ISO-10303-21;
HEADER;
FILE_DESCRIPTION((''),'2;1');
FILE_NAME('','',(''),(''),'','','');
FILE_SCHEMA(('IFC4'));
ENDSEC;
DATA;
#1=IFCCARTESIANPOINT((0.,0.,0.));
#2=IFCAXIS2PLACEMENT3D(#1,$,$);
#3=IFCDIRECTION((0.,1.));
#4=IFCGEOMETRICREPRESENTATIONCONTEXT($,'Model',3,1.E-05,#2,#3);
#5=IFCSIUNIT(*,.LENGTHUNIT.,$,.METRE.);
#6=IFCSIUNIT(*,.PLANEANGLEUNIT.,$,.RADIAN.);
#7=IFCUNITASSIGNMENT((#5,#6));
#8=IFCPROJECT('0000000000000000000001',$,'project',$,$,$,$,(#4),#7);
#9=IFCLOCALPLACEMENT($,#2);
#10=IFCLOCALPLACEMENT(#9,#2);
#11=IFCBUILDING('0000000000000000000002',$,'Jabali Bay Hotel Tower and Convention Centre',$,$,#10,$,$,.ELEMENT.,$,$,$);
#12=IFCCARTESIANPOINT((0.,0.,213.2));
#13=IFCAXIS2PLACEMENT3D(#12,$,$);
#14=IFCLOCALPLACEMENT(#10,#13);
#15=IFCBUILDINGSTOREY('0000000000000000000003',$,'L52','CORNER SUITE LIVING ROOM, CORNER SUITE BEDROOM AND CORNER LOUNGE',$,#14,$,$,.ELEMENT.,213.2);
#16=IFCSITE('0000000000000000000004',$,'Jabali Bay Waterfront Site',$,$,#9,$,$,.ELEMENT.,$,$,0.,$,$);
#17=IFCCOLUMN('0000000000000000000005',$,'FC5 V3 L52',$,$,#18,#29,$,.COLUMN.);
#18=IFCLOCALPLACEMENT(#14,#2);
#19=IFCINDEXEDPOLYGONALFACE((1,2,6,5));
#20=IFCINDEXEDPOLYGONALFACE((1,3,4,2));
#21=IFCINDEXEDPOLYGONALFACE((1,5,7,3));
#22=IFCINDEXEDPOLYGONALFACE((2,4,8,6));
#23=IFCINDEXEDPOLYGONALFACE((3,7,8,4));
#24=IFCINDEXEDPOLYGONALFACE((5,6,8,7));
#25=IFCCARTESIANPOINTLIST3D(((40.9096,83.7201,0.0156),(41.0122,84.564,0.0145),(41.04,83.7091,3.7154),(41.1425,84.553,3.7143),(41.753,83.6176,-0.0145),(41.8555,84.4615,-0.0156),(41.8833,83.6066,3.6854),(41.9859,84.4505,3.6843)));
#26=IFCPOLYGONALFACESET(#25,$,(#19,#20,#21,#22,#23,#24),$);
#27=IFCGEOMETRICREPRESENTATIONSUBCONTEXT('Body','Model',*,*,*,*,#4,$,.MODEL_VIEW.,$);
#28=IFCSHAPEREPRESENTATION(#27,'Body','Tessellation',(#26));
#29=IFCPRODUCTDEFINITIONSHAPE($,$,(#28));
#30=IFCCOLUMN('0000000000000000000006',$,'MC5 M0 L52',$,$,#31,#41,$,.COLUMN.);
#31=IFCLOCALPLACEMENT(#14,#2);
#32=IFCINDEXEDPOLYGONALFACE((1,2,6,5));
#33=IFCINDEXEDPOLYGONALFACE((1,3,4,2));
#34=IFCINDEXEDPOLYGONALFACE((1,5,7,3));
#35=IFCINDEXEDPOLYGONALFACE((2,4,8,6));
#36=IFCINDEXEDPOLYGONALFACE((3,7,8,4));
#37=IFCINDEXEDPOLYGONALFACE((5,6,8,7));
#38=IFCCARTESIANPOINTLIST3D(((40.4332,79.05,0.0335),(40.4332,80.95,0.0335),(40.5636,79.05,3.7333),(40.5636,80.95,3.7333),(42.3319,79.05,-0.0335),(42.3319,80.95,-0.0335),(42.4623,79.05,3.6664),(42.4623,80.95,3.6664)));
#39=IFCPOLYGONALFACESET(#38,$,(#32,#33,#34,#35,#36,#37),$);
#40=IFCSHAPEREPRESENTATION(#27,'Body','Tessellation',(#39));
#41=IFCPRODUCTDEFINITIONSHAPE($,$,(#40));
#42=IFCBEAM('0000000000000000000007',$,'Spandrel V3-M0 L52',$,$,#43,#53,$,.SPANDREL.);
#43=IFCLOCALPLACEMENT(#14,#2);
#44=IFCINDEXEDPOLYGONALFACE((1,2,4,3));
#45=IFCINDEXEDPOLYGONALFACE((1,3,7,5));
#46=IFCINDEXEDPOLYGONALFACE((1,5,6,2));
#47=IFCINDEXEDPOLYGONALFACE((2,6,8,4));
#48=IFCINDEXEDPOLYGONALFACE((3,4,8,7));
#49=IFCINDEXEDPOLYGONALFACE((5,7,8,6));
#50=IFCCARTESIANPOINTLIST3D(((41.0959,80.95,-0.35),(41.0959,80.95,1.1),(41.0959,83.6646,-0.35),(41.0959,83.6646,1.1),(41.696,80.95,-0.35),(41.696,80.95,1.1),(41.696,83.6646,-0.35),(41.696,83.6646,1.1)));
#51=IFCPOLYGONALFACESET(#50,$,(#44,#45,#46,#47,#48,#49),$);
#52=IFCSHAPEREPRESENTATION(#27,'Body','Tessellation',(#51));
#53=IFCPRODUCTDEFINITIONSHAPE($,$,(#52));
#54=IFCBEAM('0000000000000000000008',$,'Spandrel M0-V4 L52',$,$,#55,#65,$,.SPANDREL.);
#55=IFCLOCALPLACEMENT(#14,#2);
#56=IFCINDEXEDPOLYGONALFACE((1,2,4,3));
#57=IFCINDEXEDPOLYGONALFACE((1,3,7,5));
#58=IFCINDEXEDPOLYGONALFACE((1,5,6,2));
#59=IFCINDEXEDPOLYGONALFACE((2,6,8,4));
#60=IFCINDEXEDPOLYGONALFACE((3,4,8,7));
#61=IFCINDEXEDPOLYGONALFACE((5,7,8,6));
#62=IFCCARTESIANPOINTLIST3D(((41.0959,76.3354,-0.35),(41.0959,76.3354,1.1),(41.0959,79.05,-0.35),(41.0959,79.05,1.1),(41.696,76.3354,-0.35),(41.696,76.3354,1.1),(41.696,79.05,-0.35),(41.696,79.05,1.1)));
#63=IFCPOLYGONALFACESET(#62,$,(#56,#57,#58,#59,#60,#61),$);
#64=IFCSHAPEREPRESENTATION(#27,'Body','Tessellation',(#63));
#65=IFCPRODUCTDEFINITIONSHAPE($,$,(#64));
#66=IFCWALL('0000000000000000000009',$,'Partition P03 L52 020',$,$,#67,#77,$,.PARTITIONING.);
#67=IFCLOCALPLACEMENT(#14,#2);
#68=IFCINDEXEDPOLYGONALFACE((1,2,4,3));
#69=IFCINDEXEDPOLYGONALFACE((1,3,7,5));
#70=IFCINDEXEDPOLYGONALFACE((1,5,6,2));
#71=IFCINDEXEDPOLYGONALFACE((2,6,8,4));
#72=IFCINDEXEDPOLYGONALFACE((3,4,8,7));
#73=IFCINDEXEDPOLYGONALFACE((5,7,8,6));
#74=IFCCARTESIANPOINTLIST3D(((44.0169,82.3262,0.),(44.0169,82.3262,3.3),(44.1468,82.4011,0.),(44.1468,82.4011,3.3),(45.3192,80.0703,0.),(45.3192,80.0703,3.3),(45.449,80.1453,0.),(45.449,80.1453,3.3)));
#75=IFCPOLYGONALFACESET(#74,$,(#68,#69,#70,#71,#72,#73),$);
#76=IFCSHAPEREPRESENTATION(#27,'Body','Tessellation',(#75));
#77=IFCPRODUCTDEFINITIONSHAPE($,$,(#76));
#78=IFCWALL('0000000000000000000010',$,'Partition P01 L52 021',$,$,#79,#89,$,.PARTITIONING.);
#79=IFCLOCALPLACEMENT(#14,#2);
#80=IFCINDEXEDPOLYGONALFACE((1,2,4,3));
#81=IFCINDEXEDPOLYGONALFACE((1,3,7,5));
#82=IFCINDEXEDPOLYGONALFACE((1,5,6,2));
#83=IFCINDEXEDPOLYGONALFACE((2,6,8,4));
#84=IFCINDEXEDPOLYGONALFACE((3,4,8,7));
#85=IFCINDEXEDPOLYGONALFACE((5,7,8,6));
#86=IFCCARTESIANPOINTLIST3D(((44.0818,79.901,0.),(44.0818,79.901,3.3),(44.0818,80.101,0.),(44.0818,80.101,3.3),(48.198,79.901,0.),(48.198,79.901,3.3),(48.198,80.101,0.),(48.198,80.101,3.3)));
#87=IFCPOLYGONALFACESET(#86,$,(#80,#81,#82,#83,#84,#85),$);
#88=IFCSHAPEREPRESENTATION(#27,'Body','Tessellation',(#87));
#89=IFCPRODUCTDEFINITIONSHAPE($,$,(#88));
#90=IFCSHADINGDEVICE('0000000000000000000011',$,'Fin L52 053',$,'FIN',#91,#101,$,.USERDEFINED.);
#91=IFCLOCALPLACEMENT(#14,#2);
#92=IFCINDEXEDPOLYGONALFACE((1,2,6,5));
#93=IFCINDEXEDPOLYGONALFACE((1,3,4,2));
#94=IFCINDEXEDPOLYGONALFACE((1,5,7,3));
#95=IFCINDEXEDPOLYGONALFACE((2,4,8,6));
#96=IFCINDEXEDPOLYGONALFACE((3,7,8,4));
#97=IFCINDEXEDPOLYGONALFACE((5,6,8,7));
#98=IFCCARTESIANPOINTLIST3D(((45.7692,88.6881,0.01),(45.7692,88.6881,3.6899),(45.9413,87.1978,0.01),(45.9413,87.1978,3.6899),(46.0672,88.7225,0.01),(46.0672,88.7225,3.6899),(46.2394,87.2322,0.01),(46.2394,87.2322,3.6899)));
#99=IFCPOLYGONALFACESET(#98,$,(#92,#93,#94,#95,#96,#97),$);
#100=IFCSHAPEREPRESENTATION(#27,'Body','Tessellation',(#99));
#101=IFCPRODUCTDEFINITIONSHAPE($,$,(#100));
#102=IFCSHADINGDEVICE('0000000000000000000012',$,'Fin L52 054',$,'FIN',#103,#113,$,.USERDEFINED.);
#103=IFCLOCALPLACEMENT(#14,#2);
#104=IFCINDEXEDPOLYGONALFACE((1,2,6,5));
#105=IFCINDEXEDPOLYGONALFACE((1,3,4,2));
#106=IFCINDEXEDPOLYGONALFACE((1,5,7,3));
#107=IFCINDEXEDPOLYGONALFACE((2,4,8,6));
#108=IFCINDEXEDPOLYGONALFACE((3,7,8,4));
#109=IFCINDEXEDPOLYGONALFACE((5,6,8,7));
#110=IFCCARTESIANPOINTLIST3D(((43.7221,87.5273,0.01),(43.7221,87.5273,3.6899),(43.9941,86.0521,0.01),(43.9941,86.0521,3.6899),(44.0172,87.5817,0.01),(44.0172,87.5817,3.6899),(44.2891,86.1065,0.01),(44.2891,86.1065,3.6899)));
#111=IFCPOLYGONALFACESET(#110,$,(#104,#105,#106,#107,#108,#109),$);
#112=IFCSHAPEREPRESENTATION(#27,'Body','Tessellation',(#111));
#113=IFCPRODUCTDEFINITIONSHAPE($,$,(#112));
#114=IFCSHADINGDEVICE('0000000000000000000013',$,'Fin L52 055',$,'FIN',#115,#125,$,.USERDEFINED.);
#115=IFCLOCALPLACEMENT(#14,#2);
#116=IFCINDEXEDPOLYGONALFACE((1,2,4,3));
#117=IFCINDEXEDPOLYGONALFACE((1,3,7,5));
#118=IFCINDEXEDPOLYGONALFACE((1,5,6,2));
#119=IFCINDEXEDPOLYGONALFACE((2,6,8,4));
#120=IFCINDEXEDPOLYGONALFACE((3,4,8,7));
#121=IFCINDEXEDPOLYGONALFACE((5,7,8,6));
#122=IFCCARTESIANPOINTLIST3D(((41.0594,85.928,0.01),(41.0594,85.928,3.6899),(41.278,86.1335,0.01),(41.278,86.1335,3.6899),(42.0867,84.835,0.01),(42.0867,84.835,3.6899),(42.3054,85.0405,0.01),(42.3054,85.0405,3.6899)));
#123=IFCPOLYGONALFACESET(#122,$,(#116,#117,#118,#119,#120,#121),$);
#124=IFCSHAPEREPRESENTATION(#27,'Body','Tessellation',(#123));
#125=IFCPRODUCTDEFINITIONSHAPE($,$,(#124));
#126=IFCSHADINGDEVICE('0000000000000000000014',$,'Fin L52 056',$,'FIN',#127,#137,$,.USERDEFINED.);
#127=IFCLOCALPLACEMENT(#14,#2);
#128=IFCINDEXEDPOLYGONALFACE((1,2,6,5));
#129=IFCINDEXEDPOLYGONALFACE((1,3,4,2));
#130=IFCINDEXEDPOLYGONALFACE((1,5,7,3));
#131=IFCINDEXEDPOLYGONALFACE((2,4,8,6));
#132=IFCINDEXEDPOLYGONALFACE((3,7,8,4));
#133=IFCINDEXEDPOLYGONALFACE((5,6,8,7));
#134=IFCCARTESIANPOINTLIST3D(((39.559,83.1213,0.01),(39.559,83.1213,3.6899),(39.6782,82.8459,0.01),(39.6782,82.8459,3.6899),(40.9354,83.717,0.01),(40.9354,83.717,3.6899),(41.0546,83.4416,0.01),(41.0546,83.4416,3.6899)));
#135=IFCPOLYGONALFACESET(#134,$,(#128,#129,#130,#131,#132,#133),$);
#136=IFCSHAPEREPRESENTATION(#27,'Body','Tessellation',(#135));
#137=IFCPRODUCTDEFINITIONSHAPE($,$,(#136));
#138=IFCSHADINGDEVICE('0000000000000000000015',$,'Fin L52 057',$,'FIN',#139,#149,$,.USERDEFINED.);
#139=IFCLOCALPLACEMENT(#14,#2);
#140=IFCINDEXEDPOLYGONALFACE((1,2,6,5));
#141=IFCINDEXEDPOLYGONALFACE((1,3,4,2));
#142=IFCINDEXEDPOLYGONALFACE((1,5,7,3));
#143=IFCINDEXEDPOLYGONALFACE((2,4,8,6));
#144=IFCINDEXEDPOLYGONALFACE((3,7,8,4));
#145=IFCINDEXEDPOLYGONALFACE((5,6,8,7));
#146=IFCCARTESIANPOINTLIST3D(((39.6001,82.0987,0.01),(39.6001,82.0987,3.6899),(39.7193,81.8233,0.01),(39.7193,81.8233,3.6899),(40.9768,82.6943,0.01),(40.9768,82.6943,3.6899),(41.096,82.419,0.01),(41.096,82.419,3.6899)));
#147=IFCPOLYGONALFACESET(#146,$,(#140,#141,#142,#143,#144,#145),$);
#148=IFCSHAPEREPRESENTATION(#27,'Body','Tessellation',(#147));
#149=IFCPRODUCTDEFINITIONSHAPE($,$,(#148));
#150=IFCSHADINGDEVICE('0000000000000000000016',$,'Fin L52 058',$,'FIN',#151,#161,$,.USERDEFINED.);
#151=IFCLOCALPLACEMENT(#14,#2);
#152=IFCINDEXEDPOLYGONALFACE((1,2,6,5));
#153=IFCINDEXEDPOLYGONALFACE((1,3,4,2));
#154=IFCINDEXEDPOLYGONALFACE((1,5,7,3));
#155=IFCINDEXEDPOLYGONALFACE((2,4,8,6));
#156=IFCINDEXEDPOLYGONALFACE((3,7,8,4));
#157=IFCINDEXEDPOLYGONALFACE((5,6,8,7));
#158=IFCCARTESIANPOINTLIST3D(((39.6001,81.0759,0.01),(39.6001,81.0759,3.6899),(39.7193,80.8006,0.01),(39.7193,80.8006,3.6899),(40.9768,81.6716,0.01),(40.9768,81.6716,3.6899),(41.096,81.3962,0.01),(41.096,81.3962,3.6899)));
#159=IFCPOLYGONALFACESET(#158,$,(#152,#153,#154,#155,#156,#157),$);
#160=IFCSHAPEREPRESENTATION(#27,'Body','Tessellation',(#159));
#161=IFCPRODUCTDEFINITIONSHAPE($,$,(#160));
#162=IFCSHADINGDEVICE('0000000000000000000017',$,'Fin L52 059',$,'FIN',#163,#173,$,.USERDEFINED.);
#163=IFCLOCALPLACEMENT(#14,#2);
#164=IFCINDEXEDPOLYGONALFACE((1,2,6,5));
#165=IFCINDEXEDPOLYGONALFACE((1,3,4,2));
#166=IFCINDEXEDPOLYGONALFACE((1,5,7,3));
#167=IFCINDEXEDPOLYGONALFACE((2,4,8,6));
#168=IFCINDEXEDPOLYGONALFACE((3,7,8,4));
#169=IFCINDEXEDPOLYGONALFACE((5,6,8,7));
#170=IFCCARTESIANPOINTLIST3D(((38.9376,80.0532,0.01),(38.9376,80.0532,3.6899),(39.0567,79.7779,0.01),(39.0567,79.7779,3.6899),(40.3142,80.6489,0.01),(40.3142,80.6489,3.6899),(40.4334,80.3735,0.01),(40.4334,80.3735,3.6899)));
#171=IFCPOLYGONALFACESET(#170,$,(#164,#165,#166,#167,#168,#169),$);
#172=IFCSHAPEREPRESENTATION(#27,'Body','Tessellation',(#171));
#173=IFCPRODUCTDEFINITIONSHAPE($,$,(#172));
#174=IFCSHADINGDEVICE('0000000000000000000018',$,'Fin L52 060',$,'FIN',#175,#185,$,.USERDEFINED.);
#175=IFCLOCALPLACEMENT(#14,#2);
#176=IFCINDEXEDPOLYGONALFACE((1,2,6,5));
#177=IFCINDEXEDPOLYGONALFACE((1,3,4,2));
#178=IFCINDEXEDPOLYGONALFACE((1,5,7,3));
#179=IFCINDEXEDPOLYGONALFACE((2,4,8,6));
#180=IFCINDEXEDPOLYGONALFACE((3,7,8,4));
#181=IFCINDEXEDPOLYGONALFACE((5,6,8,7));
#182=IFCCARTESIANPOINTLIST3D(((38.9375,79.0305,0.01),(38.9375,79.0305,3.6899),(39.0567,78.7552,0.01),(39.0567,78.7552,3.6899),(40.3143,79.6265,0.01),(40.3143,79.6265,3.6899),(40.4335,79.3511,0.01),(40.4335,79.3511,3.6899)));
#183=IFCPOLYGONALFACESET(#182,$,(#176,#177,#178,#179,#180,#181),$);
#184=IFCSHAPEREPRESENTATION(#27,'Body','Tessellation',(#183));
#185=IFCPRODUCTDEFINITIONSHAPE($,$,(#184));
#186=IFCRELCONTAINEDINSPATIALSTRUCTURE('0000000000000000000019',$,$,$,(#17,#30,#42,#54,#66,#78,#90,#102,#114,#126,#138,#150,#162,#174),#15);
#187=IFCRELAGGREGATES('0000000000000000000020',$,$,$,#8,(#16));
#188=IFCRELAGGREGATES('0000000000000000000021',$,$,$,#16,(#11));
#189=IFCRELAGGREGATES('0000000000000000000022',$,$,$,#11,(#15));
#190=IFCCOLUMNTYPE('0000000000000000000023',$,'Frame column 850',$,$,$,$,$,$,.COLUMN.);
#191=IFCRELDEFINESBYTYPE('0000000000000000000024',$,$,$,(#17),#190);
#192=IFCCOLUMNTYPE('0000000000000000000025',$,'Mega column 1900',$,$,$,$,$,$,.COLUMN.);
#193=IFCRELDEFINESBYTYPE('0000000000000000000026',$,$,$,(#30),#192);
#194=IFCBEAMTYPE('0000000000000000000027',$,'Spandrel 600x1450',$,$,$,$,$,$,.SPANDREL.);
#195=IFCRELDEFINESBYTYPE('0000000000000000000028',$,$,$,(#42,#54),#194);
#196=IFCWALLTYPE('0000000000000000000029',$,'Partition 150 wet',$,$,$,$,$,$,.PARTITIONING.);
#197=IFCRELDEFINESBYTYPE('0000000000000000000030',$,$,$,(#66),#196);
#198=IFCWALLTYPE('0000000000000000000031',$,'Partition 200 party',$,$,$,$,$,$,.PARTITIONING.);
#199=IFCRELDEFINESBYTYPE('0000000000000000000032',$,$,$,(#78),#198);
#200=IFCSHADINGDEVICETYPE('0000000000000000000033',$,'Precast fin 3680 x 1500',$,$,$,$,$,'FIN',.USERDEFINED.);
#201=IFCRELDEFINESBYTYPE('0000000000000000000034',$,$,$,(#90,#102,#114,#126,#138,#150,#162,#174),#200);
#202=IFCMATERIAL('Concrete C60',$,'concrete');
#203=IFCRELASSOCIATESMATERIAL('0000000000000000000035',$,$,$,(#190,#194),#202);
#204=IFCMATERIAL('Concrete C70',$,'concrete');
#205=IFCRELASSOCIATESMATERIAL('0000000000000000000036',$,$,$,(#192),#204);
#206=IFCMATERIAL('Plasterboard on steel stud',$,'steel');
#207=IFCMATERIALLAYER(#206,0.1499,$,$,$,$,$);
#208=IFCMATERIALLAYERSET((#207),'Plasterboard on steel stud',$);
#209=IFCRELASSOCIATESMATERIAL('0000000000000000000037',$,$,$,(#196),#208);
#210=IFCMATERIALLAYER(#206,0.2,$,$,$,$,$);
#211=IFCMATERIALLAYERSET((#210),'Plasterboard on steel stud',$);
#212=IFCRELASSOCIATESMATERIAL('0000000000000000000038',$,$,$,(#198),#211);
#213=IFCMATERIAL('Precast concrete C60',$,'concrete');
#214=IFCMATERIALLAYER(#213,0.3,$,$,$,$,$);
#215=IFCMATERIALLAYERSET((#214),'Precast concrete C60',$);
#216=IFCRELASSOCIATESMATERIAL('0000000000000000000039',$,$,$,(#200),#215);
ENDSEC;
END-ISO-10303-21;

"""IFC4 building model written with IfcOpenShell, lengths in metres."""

from ifc_helpers import new_model, si_unit, direction, frame, frame_2d, origin, origin_2d, place, context, subcontext, project, spatial, rectangle, extrude, material, layer, layer_set, material_profile, profile_set, type_object, element, save


model = new_model("IFC4")

# Units and contexts
model_context = context("Model", 3, precision=1e-05, world=origin(), true_north=direction((0.0, 1.0)))
body_context = subcontext(model_context, "Body", "Model", "MODEL_VIEW")
ifc_project = project(units=[si_unit("LENGTHUNIT", "METRE"), si_unit("PLANEANGLEUNIT", "RADIAN")], contexts=[model_context])

# Site, building, storey
site_placement = place(None, origin())
site = spatial("IfcSite", under=ifc_project, at=site_placement, Name="Jabali Bay Waterfront Site", CompositionType="ELEMENT", RefElevation=0.0)
building_placement = place(site_placement, origin())
building = spatial("IfcBuilding", under=site, at=building_placement, Name="Jabali Bay Hotel Tower and Convention Centre", CompositionType="ELEMENT")
storey_placement = place(building_placement, frame((0.0, 0.0, 213.2)))
storey = spatial("IfcBuildingStorey", under=building, at=storey_placement, Name="L52", Description="CORNER SUITE LIVING ROOM, CORNER SUITE BEDROOM AND CORNER LOUNGE", CompositionType="ELEMENT", Elevation=213.2)

# Columns
ifc_material_1 = material(Name="Concrete C60", Category="concrete")
ifc_material_profile_1 = material_profile(ifc_material_1, rectangle(XDim=0.8501, YDim=0.8501, at=origin_2d()), Name="Frame column 850")
ifc_profile_set_1 = profile_set([ifc_material_profile_1], Name="Concrete C60")
column_type_1 = type_object("IfcColumnType", Name="Frame column 850", PredefinedType="COLUMN", material=ifc_profile_set_1)
column_1_placement = place(storey_placement, frame((41.3826, 84.0908, 0.0), z_axis=(0.035214, -0.002967, 0.999375), x_axis=(-0.992074, 0.120589, 0.035315)))
element("IfcColumn", 1, at=column_1_placement, inside=storey, type_object=column_type_1, Name="FC5 V3 L52", PredefinedType="COLUMN", context=body_context, shape_type="SweptSolid", body=[
    extrude(rectangle(XDim=0.8501, YDim=0.8501, at=origin_2d()), origin(), (0.0, 0.0, 1.0), 3.7021),
])
ifc_material_2 = material(Name="Concrete C70", Category="concrete")
ifc_material_profile_2 = material_profile(ifc_material_2, rectangle(XDim=1.8999, YDim=1.8999, at=origin_2d()), Name="Mega column 1900")
ifc_profile_set_2 = profile_set([ifc_material_profile_2], Name="Concrete C70")
column_type_2 = type_object("IfcColumnType", Name="Mega column 1900", PredefinedType="COLUMN", material=ifc_profile_set_2)
column_2_placement = place(storey_placement, frame((41.3826, 80.0, 0.0), z_axis=(0.035214, 0.0, 0.99938), x_axis=(0.0, 1.0, 0.0)))
element("IfcColumn", 2, at=column_2_placement, inside=storey, type_object=column_type_2, Name="MC5 M0 L52", PredefinedType="COLUMN", context=body_context, shape_type="SweptSolid", body=[
    extrude(rectangle(XDim=1.8999, YDim=1.8999, at=origin_2d()), origin(), (0.0, 0.0, 1.0), 3.7021),
])

# Beams
ifc_material_profile_3 = material_profile(ifc_material_1, rectangle(XDim=0.6001, YDim=1.45, at=origin_2d()), Name="Spandrel 600x1450")
ifc_profile_set_3 = profile_set([ifc_material_profile_3], Name="Concrete C60")
beam_type = type_object("IfcBeamType", Name="Spandrel 600x1450", PredefinedType="SPANDREL", material=ifc_profile_set_3)
for number, where, z_axis, x_axis, name in (
    (3, (41.396, 83.6646, 0.375), (0.0, -1.0, 0.0), (1.0, 0.0, 0.0), "Spandrel V3-M0 L52"),
    (4, (41.396, 79.05, 0.375), (0.0, -1.0, 0.0), (1.0, 0.0, 0.0), "Spandrel M0-V4 L52"),
):
    element("IfcBeam", number, at=place(storey_placement, frame(where, z_axis=z_axis, x_axis=x_axis)), inside=storey, type_object=beam_type, Name=name, PredefinedType="SPANDREL", context=body_context, shape_type="SweptSolid", body=[
        extrude(rectangle(XDim=0.6001, YDim=1.45, at=origin_2d()), origin(), (0.0, 0.0, 1.0), 2.7146),
    ])

# Walls
ifc_material_3 = material(Name="Plasterboard on steel stud", Category="steel")
ifc_layer_1 = layer(ifc_material_3, 0.1499)
ifc_layer_set_1 = layer_set([ifc_layer_1], Name="Plasterboard on steel stud")
wall_type_1 = type_object("IfcWallType", Name="Partition 150 wet", PredefinedType="PARTITIONING", material=ifc_layer_set_1)
wall_1_placement = place(storey_placement, frame((45.384, 80.1079, 0.0), z_axis=(0.0, 0.0, 1.0), x_axis=(-0.49995, 0.866054, 0.0)))
element("IfcWall", 5, at=wall_1_placement, inside=storey, type_object=wall_type_1, Name="Partition P03 L52 020", PredefinedType="PARTITIONING", context=body_context, shape_type="SweptSolid", body=[
    extrude(rectangle(XDim=2.6047, YDim=0.1499, at=frame_2d((1.3022, 0.0))), origin(), (0.0, 0.0, 1.0), 3.3),
])
ifc_layer_2 = layer(ifc_material_3, 0.2)
ifc_layer_set_2 = layer_set([ifc_layer_2], Name="Plasterboard on steel stud")
wall_type_2 = type_object("IfcWallType", Name="Partition 200 party", PredefinedType="PARTITIONING", material=ifc_layer_set_2)
wall_2_placement = place(storey_placement, frame((44.0818, 80.001, 0.0), z_axis=(0.0, 0.0, 1.0), x_axis=(1.0, 0.0, 0.0)))
element("IfcWall", 6, at=wall_2_placement, inside=storey, type_object=wall_type_2, Name="Partition P01 L52 021", PredefinedType="PARTITIONING", context=body_context, shape_type="SweptSolid", body=[
    extrude(rectangle(XDim=4.1162, YDim=0.2, at=frame_2d((2.0581, 0.0))), origin(), (0.0, 0.0, 1.0), 3.3),
])

# Shading devices
ifc_material_4 = material(Name="Precast concrete C60", Category="concrete")
ifc_layer_3 = layer(ifc_material_4, 0.3)
ifc_layer_set_3 = layer_set([ifc_layer_3], Name="Precast concrete C60")
shading_device_type = type_object("IfcShadingDeviceType", Name="Precast fin 3680 x 1500", ElementType="FIN", PredefinedType="USERDEFINED", material=ifc_layer_set_3)
shading_device_1_placement = place(storey_placement, frame((46.0903, 87.2151, 0.01), z_axis=(0.0, 0.0, 1.0), x_axis=(-0.114735, 0.993396, 0.0)))
element("IfcShadingDevice", 7, at=shading_device_1_placement, inside=storey, type_object=shading_device_type, Name="Fin L52 053", ObjectType="FIN", PredefinedType="USERDEFINED", context=body_context, shape_type="SweptSolid", body=[
    extrude(rectangle(XDim=1.5002, YDim=0.3, at=frame_2d((0.75, 0.0))), origin(), (0.0, 0.0, 1.0), 3.6799),
])
for number, where, z_axis, x_axis, name in (
    (8, (44.1416, 86.0793, 0.01), (0.0, 0.0, 1.0), (-0.18132, 0.983424, 0.0), "Fin L52 054"),
    (9, (42.196, 84.9377, 0.01), (0.0, 0.0, 1.0), (-0.684877, 0.728659, 0.0), "Fin L52 055"),
):
    element("IfcShadingDevice", number, at=place(storey_placement, frame(where, z_axis=z_axis, x_axis=x_axis)), inside=storey, type_object=shading_device_type, Name=name, ObjectType="FIN", PredefinedType="USERDEFINED", context=body_context, shape_type="SweptSolid", body=[
        extrude(rectangle(XDim=1.5, YDim=0.3, at=frame_2d((0.75, 0.0))), origin(), (0.0, 0.0, 1.0), 3.6799),
    ])
shading_device_2_placement = place(storey_placement, frame((40.9951, 83.5793, 0.01), z_axis=(0.0, 0.0, 1.0), x_axis=(-0.917742, -0.397178, 0.0)))
element("IfcShadingDevice", 10, at=shading_device_2_placement, inside=storey, type_object=shading_device_type, Name="Fin L52 056", ObjectType="FIN", PredefinedType="USERDEFINED", context=body_context, shape_type="SweptSolid", body=[
    extrude(rectangle(XDim=1.4998, YDim=0.3, at=frame_2d((0.75, 0.0))), origin(), (0.0, 0.0, 1.0), 3.6799),
])
for number, where, z_axis, x_axis, name in (
    (11, (41.0364, 82.5566, 0.01), (0.0, 0.0, 1.0), (-0.917767, -0.397119, 0.0), "Fin L52 057"),
    (12, (41.0364, 81.5339, 0.01), (0.0, 0.0, 1.0), (-0.917767, -0.397119, 0.0), "Fin L52 058"),
    (13, (40.3738, 80.5112, 0.01), (0.0, 0.0, 1.0), (-0.917767, -0.397119, 0.0), "Fin L52 059"),
):
    element("IfcShadingDevice", number, at=place(storey_placement, frame(where, z_axis=z_axis, x_axis=x_axis)), inside=storey, type_object=shading_device_type, Name=name, ObjectType="FIN", PredefinedType="USERDEFINED", context=body_context, shape_type="SweptSolid", body=[
        extrude(rectangle(XDim=1.5, YDim=0.3, at=frame_2d((0.75, 0.0))), origin(), (0.0, 0.0, 1.0), 3.6799),
    ])
shading_device_3_placement = place(storey_placement, frame((40.3738, 79.4888, 0.01), z_axis=(0.0, 0.0, 1.0), x_axis=(-0.917708, -0.397256, 0.0)))
element("IfcShadingDevice", 14, at=shading_device_3_placement, inside=storey, type_object=shading_device_type, Name="Fin L52 060", ObjectType="FIN", PredefinedType="USERDEFINED", context=body_context, shape_type="SweptSolid", body=[
    extrude(rectangle(XDim=1.5002, YDim=0.3, at=frame_2d((0.75, 0.0))), origin(), (0.0, 0.0, 1.0), 3.6799),
])

save(model, "model.ifc")
